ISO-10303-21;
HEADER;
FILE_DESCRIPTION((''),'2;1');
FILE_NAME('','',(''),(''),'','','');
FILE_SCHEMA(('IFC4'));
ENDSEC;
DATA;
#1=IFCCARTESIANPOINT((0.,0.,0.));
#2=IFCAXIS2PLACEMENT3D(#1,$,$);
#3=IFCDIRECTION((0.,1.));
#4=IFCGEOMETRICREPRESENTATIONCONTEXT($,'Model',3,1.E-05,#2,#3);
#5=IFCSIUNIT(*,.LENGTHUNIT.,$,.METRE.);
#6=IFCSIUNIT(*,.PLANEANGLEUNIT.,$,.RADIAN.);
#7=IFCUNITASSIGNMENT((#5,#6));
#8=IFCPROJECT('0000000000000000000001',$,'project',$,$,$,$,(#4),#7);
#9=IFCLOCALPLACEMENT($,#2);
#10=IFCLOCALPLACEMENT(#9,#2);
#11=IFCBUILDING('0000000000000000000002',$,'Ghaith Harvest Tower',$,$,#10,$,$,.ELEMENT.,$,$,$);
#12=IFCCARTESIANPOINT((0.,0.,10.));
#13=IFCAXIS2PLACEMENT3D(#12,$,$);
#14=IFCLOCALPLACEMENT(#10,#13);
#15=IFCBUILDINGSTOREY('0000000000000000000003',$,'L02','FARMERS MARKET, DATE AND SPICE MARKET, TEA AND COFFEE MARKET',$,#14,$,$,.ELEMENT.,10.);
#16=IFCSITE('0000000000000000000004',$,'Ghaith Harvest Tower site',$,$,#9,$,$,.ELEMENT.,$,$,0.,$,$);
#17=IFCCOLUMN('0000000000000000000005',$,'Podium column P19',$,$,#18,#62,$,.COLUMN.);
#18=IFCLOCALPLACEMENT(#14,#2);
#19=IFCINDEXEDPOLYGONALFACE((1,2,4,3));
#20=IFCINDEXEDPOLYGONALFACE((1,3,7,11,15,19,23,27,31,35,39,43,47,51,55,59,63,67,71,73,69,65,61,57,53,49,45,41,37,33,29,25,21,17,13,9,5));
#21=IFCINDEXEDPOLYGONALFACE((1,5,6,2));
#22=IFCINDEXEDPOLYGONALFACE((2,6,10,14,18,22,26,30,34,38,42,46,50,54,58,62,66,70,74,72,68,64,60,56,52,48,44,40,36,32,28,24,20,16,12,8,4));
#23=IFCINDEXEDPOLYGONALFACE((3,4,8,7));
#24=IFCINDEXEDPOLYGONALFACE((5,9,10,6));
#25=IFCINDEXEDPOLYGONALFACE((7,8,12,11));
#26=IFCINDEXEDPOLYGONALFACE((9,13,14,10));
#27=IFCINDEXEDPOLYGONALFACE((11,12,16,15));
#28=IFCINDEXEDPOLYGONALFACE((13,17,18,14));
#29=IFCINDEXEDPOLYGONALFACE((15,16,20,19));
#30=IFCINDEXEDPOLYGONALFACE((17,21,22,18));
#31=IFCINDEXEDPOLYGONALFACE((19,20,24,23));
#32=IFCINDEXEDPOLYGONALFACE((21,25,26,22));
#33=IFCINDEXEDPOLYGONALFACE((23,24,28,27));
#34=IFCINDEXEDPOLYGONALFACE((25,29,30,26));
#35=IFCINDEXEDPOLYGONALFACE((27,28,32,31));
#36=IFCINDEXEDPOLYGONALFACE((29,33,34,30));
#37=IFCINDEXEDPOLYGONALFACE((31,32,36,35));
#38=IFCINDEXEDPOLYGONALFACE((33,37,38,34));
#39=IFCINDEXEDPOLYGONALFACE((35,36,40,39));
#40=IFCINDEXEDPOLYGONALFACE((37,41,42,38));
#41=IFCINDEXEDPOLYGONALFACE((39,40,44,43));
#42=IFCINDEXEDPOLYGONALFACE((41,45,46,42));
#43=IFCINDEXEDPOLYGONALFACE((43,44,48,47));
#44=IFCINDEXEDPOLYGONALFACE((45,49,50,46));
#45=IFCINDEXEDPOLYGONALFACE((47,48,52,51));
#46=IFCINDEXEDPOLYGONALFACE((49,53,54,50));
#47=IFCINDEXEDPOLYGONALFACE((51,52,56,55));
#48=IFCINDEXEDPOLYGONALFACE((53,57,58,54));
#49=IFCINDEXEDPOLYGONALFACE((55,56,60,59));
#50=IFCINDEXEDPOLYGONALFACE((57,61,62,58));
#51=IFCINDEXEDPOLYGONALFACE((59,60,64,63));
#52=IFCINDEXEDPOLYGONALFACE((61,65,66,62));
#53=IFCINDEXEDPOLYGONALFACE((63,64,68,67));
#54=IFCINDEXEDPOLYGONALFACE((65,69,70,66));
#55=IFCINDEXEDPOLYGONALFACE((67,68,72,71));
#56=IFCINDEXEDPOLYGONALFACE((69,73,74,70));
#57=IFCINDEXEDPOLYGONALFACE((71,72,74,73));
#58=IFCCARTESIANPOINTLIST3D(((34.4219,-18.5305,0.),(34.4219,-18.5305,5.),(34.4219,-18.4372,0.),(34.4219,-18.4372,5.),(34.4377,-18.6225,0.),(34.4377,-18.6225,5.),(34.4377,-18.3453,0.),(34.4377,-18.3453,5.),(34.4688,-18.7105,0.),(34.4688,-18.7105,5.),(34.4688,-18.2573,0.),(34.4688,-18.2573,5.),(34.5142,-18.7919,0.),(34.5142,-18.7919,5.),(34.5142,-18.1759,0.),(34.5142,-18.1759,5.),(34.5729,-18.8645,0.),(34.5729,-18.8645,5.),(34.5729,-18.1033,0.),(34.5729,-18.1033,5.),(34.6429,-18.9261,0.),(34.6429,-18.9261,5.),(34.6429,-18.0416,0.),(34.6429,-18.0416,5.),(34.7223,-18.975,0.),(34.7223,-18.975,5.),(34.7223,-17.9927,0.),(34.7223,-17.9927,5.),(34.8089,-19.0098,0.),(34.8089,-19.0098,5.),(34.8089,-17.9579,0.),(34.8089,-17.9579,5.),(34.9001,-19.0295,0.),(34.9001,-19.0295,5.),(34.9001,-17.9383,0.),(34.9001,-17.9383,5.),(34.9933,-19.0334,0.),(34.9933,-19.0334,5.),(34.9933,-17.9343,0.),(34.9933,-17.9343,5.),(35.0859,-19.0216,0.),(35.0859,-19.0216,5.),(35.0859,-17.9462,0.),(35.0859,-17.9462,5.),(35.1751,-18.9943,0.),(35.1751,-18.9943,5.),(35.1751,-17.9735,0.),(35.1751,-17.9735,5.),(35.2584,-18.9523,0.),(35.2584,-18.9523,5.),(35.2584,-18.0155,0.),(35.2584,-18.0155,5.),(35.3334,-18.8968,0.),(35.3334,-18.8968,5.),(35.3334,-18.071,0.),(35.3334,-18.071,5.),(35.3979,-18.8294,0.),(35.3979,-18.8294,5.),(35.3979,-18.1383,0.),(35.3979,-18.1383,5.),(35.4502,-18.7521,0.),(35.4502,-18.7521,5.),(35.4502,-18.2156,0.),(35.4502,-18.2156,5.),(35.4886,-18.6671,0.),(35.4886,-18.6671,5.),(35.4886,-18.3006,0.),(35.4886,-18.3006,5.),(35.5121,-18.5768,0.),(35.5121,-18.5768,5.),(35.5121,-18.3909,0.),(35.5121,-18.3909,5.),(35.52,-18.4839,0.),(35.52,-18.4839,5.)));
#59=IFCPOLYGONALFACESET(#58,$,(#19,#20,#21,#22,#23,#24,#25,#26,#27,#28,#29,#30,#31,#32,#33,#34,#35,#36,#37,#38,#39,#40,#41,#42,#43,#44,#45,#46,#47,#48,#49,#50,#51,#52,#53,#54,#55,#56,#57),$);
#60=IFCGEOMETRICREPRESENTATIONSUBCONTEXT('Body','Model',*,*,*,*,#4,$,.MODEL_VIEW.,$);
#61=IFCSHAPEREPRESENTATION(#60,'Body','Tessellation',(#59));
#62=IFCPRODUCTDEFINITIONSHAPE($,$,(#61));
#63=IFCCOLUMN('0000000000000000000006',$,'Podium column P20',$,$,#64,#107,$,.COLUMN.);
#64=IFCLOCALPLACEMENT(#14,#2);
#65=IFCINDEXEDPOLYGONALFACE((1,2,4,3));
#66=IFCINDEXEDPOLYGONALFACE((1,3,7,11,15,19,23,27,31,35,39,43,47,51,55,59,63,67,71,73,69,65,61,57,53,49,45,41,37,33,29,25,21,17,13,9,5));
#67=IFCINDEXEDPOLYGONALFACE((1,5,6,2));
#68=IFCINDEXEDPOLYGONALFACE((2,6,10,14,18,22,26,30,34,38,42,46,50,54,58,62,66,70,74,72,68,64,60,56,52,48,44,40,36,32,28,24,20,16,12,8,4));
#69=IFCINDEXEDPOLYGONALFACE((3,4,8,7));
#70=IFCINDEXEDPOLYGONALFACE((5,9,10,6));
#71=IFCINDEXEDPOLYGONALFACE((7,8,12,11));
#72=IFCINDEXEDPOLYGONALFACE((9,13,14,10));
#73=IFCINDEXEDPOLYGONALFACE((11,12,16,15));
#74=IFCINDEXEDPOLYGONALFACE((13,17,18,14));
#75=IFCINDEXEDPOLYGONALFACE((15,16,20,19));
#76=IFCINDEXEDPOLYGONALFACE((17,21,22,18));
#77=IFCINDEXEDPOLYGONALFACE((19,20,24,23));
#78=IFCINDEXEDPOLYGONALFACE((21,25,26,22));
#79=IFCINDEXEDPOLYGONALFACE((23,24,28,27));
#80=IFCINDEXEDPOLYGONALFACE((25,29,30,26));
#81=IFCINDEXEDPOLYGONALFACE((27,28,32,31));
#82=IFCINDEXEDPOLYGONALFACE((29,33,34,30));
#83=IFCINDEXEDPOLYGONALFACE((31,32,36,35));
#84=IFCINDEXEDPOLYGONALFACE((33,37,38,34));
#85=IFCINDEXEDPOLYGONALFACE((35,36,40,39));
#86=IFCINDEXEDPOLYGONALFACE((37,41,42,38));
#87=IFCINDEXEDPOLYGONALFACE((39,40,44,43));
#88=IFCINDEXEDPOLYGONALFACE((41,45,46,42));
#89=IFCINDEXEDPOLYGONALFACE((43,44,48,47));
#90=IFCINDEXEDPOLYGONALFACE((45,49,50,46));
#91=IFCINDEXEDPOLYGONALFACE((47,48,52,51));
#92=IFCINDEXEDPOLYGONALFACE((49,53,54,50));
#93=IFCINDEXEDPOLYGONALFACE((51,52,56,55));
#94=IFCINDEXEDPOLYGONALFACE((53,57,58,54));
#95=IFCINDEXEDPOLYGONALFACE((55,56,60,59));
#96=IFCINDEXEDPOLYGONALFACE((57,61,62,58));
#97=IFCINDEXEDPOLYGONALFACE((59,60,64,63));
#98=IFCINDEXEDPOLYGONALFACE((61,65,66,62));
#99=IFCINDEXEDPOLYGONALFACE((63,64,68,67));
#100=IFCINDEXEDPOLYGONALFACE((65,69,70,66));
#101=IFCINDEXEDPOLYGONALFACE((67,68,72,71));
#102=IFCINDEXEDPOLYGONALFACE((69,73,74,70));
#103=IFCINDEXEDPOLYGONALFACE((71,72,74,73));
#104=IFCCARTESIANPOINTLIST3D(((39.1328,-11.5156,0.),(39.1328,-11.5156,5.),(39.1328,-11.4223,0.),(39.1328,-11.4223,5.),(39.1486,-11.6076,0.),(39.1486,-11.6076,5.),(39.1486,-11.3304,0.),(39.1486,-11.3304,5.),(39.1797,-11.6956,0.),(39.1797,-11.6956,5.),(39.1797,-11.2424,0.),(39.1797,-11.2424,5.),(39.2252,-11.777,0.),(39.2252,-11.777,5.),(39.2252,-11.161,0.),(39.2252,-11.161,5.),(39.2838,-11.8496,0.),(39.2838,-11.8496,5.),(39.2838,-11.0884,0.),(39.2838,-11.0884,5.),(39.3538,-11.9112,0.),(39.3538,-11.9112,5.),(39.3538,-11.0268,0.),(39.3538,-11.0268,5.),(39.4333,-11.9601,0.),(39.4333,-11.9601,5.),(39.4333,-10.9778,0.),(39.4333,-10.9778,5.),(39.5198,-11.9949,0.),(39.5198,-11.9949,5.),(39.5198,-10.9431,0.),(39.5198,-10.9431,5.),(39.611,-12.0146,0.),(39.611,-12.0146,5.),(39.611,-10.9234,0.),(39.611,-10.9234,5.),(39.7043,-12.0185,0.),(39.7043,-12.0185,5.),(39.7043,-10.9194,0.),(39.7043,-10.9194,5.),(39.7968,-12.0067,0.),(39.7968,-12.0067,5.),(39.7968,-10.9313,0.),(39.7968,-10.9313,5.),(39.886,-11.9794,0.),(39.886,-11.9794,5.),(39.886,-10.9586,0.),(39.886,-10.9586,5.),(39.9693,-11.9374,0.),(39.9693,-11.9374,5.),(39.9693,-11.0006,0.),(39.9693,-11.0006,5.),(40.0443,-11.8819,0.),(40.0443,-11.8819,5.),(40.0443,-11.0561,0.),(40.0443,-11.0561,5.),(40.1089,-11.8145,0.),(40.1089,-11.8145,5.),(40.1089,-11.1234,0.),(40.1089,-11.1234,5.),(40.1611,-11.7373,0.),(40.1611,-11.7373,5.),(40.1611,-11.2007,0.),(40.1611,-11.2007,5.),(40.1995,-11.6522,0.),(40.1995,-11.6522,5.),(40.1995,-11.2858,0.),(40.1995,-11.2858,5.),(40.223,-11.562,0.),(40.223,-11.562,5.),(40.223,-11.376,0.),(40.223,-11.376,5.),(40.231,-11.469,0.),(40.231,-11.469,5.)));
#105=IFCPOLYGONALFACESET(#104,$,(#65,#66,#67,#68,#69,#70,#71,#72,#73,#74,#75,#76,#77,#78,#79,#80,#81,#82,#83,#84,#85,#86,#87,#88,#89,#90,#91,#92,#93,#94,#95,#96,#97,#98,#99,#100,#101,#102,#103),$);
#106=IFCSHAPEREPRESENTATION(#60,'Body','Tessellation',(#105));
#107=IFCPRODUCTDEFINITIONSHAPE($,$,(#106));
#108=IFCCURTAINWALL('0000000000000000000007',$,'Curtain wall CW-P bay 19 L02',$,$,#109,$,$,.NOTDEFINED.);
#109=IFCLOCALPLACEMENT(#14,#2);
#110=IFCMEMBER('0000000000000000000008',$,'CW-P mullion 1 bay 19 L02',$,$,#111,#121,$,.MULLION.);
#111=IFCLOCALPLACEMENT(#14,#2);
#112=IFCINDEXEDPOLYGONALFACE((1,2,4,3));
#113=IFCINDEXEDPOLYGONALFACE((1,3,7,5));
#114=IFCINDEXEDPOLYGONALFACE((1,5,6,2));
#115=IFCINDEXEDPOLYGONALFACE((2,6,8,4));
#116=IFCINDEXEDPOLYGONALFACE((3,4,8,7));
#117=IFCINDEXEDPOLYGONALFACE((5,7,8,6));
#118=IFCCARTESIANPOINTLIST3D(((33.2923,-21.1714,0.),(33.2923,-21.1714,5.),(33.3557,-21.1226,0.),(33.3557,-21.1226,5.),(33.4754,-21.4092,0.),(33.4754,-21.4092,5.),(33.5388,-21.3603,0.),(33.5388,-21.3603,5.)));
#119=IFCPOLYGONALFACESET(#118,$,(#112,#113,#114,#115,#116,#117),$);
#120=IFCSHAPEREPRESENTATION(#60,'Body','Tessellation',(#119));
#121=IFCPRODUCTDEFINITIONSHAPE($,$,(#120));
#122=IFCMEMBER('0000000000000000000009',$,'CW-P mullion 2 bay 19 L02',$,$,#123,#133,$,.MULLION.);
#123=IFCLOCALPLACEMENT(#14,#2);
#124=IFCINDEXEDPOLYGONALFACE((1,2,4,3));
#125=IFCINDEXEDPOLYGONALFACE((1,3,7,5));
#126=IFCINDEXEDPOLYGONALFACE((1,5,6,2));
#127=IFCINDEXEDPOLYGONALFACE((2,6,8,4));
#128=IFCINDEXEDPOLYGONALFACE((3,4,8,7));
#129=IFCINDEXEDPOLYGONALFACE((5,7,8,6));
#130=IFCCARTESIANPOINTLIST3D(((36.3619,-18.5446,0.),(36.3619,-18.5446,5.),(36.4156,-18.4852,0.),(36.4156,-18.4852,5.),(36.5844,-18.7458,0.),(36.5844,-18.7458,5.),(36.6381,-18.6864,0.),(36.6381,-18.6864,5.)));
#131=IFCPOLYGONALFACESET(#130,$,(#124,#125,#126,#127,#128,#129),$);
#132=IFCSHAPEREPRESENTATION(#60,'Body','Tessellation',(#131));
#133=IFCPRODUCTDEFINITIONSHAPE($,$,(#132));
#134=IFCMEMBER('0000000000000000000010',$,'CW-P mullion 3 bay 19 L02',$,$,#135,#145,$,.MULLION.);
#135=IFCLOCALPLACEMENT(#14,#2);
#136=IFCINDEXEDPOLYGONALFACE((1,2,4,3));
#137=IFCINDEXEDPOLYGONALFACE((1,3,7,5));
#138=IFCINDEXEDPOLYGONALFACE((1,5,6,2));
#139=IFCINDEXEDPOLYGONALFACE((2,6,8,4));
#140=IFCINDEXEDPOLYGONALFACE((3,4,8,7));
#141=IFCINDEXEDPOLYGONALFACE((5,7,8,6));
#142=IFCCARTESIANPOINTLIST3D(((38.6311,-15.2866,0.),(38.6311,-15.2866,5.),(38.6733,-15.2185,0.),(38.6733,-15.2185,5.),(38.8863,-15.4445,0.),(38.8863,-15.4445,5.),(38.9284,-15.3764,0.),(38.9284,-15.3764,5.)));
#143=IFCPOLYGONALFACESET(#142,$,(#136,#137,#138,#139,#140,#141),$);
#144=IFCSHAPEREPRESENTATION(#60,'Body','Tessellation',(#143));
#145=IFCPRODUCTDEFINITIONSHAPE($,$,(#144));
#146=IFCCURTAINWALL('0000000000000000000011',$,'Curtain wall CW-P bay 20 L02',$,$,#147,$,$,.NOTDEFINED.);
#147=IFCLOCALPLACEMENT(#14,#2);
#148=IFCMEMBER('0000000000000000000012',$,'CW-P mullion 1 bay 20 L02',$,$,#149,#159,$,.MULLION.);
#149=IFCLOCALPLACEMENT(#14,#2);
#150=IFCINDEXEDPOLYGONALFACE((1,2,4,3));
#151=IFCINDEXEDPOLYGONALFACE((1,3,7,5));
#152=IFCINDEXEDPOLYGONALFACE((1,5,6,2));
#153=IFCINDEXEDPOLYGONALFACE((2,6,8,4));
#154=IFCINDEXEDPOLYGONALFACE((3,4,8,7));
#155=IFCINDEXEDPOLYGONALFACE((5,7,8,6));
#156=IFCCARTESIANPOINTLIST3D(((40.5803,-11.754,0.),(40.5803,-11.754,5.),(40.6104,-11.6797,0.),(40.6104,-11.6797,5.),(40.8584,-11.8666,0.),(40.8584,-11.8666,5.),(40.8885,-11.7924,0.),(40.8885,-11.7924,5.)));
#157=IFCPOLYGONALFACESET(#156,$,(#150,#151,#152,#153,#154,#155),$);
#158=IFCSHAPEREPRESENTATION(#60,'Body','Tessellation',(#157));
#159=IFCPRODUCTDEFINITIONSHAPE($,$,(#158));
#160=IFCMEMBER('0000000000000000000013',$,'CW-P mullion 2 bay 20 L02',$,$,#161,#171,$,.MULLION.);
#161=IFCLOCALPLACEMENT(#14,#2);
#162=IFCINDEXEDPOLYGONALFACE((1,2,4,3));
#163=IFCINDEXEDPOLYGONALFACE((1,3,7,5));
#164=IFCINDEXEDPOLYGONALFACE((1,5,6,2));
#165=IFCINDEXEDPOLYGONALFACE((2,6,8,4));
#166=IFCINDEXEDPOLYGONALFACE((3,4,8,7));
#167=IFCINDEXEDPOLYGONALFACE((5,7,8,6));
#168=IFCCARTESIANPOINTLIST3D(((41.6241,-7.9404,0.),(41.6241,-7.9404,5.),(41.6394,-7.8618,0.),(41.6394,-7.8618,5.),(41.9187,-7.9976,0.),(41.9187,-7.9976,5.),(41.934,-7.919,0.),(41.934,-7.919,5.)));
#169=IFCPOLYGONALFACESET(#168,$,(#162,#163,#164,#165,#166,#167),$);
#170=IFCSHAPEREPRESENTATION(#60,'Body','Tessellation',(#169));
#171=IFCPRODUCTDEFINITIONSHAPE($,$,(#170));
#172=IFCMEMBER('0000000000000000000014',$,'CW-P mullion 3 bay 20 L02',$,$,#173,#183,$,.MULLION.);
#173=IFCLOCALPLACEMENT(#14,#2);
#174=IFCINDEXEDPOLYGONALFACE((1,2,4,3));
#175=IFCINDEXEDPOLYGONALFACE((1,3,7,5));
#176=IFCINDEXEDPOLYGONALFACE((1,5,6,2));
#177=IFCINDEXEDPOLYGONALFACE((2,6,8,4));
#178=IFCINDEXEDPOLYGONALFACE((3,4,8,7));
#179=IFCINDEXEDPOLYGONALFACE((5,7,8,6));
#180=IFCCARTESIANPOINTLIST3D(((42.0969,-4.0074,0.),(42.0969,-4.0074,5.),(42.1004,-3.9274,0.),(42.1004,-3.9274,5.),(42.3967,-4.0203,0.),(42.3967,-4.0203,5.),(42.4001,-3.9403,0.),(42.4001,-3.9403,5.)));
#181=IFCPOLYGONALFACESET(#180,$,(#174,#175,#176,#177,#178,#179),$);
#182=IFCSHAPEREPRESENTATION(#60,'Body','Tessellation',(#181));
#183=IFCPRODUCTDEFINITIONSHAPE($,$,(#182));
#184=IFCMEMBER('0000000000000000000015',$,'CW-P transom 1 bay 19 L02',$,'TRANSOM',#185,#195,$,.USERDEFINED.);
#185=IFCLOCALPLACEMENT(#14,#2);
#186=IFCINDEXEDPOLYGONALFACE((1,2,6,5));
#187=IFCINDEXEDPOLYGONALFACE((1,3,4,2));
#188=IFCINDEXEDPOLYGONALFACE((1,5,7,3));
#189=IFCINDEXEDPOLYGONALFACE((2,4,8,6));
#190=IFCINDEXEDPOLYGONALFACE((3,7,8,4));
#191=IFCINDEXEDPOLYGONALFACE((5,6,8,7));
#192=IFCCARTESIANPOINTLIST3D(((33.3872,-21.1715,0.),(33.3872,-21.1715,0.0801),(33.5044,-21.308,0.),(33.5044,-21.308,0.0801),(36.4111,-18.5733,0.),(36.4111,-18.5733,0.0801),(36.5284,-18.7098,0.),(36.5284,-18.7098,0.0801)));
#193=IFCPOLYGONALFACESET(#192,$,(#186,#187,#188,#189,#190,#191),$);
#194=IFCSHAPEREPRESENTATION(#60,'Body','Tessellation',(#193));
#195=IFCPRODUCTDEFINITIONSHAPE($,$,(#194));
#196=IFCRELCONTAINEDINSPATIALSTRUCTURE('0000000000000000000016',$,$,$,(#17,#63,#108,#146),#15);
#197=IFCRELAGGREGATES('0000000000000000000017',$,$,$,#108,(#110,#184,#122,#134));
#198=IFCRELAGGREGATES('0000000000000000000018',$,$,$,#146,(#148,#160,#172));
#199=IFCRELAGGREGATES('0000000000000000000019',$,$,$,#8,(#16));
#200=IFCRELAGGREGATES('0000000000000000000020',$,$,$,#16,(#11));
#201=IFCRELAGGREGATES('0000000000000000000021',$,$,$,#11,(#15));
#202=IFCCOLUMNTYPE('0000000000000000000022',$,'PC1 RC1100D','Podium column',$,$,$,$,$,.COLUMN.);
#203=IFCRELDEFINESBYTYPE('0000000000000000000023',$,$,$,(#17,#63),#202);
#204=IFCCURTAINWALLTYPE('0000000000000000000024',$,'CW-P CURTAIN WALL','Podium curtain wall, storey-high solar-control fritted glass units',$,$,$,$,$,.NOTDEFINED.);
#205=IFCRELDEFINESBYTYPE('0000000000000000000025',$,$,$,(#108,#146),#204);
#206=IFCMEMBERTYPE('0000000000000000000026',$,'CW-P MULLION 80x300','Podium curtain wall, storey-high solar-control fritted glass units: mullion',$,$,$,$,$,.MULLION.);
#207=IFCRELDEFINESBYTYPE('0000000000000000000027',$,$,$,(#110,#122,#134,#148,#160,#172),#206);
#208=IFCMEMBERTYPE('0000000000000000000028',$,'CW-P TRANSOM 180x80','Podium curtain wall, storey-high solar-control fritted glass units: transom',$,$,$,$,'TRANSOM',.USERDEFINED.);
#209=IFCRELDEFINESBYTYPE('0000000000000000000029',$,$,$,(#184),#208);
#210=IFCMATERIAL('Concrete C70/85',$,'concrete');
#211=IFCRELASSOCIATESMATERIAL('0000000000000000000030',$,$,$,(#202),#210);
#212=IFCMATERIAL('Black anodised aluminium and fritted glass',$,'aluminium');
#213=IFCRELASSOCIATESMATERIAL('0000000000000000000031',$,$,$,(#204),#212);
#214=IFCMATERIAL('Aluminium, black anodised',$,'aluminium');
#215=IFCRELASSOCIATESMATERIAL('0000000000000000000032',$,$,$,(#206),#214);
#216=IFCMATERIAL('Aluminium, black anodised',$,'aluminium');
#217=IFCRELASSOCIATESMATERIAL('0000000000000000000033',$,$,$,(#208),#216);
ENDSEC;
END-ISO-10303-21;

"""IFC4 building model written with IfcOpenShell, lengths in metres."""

from ifc_helpers import new_model, si_unit, direction, frame, origin, origin_2d, place, context, subcontext, project, spatial, rectangle, circle, extrude, material, material_profile, profile_set, type_object, element, aggregate, save


model = new_model("IFC4")

# Units and contexts
model_context = context("Model", 3, precision=1e-05, world=origin(), true_north=direction((0.0, 1.0)))
body_context = subcontext(model_context, "Body", "Model", "MODEL_VIEW")
ifc_project = project(units=[si_unit("LENGTHUNIT", "METRE"), si_unit("PLANEANGLEUNIT", "RADIAN")], contexts=[model_context])

# Site, building, storey
site_placement = place(None, origin())
site = spatial("IfcSite", under=ifc_project, at=site_placement, Name="Ghaith Harvest Tower site", CompositionType="ELEMENT", RefElevation=0.0)
building_placement = place(site_placement, origin())
building = spatial("IfcBuilding", under=site, at=building_placement, Name="Ghaith Harvest Tower", CompositionType="ELEMENT")
storey_placement = place(building_placement, frame((0.0, 0.0, 10.0)))
storey = spatial("IfcBuildingStorey", under=building, at=storey_placement, Name="L02", Description="FARMERS MARKET, DATE AND SPICE MARKET, TEA AND COFFEE MARKET", CompositionType="ELEMENT", Elevation=10.0)

# Columns
ifc_material_1 = material(Name="Concrete C70/85", Category="concrete")
ifc_material_profile_1 = material_profile(ifc_material_1, circle(Radius=0.55, at=origin_2d()), Name="RC1100D")
ifc_profile_set_1 = profile_set([ifc_material_profile_1], Name="Concrete C70/85")
column_type = type_object("IfcColumnType", Name="PC1 RC1100D", Description="Podium column", PredefinedType="COLUMN", material=ifc_profile_set_1)
for number, where, z_axis, x_axis, name in (
    (1, (34.97, -18.4839, 0.0), (0.0, 0.0, 1.0), (1.0, 0.0, 0.0), "Podium column P19"),
    (2, (39.6809, -11.469, 0.0), (0.0, 0.0, 1.0), (1.0, 0.0, 0.0), "Podium column P20"),
):
    element("IfcColumn", number, at=place(storey_placement, frame(where, z_axis=z_axis, x_axis=x_axis)), inside=storey, type_object=column_type, Name=name, PredefinedType="COLUMN", context=body_context, shape_type="SweptSolid", body=[
        extrude(circle(Radius=0.55, at=origin_2d()), origin(), (0.0, 0.0, 1.0), 5.0),
    ])

# Curtain walls, members
ifc_material_2 = material(Name="Black anodised aluminium and fritted glass", Category="aluminium")
curtain_wall_type = type_object("IfcCurtainWallType", Name="CW-P CURTAIN WALL", Description="Podium curtain wall, storey-high solar-control fritted glass units", PredefinedType="NOTDEFINED", material=ifc_material_2)
curtain_wall_1_placement = place(storey_placement, origin())
curtain_wall_1 = element("IfcCurtainWall", 3, at=curtain_wall_1_placement, inside=storey, type_object=curtain_wall_type, Name="Curtain wall CW-P bay 19 L02", PredefinedType="NOTDEFINED")
ifc_material_3 = material(Name="Aluminium, black anodised", Category="aluminium")
ifc_material_profile_2 = material_profile(ifc_material_3, rectangle(XDim=0.0801, YDim=0.3, at=origin_2d()), Name="CW-P MULLION 80x300")
ifc_profile_set_2 = profile_set([ifc_material_profile_2], Name="Aluminium, black anodised")
member_type_1 = type_object("IfcMemberType", Name="CW-P MULLION 80x300", Description="Podium curtain wall, storey-high solar-control fritted glass units: mullion", PredefinedType="MULLION", material=ifc_profile_set_2)
member_1_placement = place(storey_placement, frame((33.4155, -21.2659, 0.0), z_axis=(0.0, 0.0, 1.0), x_axis=(0.792243, 0.610206, 0.0)))
member_1 = element("IfcMember", 4, at=member_1_placement, type_object=member_type_1, Name="CW-P mullion 1 bay 19 L02", PredefinedType="MULLION", context=body_context, shape_type="SweptSolid", body=[
    extrude(rectangle(XDim=0.0801, YDim=0.3, at=origin_2d()), origin(), (0.0, 0.0, 1.0), 5.0),
])
member_2_placement = place(storey_placement, frame((36.5, -18.6155, 0.0), z_axis=(0.0, 0.0, 1.0), x_axis=(0.670572, 0.741845, 0.0)))
member_2 = element("IfcMember", 5, at=member_2_placement, type_object=member_type_1, Name="CW-P mullion 2 bay 19 L02", PredefinedType="MULLION", context=body_context, shape_type="SweptSolid", body=[
    extrude(rectangle(XDim=0.0801, YDim=0.3, at=origin_2d()), origin(), (0.0, 0.0, 1.0), 5.0),
])
member_3_placement = place(storey_placement, frame((38.7798, -15.3315, 0.0), z_axis=(0.0, 0.0, 1.0), x_axis=(0.526227, 0.850344, 0.0)))
member_3 = element("IfcMember", 6, at=member_3_placement, type_object=member_type_1, Name="CW-P mullion 3 bay 19 L02", PredefinedType="MULLION", context=body_context, shape_type="SweptSolid", body=[
    extrude(rectangle(XDim=0.0801, YDim=0.3, at=origin_2d()), origin(), (0.0, 0.0, 1.0), 5.0),
])
curtain_wall_2_placement = place(storey_placement, origin())
curtain_wall_2 = element("IfcCurtainWall", 7, at=curtain_wall_2_placement, inside=storey, type_object=curtain_wall_type, Name="Curtain wall CW-P bay 20 L02", PredefinedType="NOTDEFINED")
member_4_placement = place(storey_placement, frame((40.7344, -11.7732, 0.0), z_axis=(0.0, 0.0, 1.0), x_axis=(0.375562, 0.926797, 0.0)))
member_4 = element("IfcMember", 8, at=member_4_placement, type_object=member_type_1, Name="CW-P mullion 1 bay 20 L02", PredefinedType="MULLION", context=body_context, shape_type="SweptSolid", body=[
    extrude(rectangle(XDim=0.0801, YDim=0.3, at=origin_2d()), origin(), (0.0, 0.0, 1.0), 5.0),
])
member_5_placement = place(storey_placement, frame((41.7791, -7.9297, 0.0), z_axis=(0.0, 0.0, 1.0), x_axis=(0.190602, 0.981667, 0.0)))
member_5 = element("IfcMember", 9, at=member_5_placement, type_object=member_type_1, Name="CW-P mullion 2 bay 20 L02", PredefinedType="MULLION", context=body_context, shape_type="SweptSolid", body=[
    extrude(rectangle(XDim=0.0801, YDim=0.3, at=origin_2d()), origin(), (0.0, 0.0, 1.0), 5.0),
])
member_6_placement = place(storey_placement, frame((42.2485, -3.9739, 0.0), z_axis=(0.0, 0.0, 1.0), x_axis=(0.042955, 0.999077, 0.0)))
member_6 = element("IfcMember", 10, at=member_6_placement, type_object=member_type_1, Name="CW-P mullion 3 bay 20 L02", PredefinedType="MULLION", context=body_context, shape_type="SweptSolid", body=[
    extrude(rectangle(XDim=0.0801, YDim=0.3, at=origin_2d()), origin(), (0.0, 0.0, 1.0), 5.0),
])

# Member
ifc_material_4 = material(Name="Aluminium, black anodised", Category="aluminium")
ifc_material_profile_3 = material_profile(ifc_material_4, rectangle(XDim=0.1799, YDim=0.0801, at=origin_2d()), Name="CW-P TRANSOM 180x80")
ifc_profile_set_3 = profile_set([ifc_material_profile_3], Name="Aluminium, black anodised")
member_type_2 = type_object("IfcMemberType", Name="CW-P TRANSOM 180x80", Description="Podium curtain wall, storey-high solar-control fritted glass units: transom", ElementType="TRANSOM", PredefinedType="USERDEFINED", material=ifc_profile_set_3)
member_7_placement = place(storey_placement, frame((33.4458, -21.2397, 0.04), z_axis=(0.758487, 0.651689, 0.0), x_axis=(-0.651689, 0.758487, 0.0)))
member_7 = element("IfcMember", 11, at=member_7_placement, type_object=member_type_2, Name="CW-P transom 1 bay 19 L02", ObjectType="TRANSOM", PredefinedType="USERDEFINED", context=body_context, shape_type="SweptSolid", body=[
    extrude(rectangle(XDim=0.1799, YDim=0.0801, at=origin_2d()), origin(), (0.0, 0.0, 1.0), 3.9868),
])

aggregate(curtain_wall_1, [member_1, member_7, member_2, member_3])
aggregate(curtain_wall_2, [member_4, member_5, member_6])

save(model, "model.ifc")
